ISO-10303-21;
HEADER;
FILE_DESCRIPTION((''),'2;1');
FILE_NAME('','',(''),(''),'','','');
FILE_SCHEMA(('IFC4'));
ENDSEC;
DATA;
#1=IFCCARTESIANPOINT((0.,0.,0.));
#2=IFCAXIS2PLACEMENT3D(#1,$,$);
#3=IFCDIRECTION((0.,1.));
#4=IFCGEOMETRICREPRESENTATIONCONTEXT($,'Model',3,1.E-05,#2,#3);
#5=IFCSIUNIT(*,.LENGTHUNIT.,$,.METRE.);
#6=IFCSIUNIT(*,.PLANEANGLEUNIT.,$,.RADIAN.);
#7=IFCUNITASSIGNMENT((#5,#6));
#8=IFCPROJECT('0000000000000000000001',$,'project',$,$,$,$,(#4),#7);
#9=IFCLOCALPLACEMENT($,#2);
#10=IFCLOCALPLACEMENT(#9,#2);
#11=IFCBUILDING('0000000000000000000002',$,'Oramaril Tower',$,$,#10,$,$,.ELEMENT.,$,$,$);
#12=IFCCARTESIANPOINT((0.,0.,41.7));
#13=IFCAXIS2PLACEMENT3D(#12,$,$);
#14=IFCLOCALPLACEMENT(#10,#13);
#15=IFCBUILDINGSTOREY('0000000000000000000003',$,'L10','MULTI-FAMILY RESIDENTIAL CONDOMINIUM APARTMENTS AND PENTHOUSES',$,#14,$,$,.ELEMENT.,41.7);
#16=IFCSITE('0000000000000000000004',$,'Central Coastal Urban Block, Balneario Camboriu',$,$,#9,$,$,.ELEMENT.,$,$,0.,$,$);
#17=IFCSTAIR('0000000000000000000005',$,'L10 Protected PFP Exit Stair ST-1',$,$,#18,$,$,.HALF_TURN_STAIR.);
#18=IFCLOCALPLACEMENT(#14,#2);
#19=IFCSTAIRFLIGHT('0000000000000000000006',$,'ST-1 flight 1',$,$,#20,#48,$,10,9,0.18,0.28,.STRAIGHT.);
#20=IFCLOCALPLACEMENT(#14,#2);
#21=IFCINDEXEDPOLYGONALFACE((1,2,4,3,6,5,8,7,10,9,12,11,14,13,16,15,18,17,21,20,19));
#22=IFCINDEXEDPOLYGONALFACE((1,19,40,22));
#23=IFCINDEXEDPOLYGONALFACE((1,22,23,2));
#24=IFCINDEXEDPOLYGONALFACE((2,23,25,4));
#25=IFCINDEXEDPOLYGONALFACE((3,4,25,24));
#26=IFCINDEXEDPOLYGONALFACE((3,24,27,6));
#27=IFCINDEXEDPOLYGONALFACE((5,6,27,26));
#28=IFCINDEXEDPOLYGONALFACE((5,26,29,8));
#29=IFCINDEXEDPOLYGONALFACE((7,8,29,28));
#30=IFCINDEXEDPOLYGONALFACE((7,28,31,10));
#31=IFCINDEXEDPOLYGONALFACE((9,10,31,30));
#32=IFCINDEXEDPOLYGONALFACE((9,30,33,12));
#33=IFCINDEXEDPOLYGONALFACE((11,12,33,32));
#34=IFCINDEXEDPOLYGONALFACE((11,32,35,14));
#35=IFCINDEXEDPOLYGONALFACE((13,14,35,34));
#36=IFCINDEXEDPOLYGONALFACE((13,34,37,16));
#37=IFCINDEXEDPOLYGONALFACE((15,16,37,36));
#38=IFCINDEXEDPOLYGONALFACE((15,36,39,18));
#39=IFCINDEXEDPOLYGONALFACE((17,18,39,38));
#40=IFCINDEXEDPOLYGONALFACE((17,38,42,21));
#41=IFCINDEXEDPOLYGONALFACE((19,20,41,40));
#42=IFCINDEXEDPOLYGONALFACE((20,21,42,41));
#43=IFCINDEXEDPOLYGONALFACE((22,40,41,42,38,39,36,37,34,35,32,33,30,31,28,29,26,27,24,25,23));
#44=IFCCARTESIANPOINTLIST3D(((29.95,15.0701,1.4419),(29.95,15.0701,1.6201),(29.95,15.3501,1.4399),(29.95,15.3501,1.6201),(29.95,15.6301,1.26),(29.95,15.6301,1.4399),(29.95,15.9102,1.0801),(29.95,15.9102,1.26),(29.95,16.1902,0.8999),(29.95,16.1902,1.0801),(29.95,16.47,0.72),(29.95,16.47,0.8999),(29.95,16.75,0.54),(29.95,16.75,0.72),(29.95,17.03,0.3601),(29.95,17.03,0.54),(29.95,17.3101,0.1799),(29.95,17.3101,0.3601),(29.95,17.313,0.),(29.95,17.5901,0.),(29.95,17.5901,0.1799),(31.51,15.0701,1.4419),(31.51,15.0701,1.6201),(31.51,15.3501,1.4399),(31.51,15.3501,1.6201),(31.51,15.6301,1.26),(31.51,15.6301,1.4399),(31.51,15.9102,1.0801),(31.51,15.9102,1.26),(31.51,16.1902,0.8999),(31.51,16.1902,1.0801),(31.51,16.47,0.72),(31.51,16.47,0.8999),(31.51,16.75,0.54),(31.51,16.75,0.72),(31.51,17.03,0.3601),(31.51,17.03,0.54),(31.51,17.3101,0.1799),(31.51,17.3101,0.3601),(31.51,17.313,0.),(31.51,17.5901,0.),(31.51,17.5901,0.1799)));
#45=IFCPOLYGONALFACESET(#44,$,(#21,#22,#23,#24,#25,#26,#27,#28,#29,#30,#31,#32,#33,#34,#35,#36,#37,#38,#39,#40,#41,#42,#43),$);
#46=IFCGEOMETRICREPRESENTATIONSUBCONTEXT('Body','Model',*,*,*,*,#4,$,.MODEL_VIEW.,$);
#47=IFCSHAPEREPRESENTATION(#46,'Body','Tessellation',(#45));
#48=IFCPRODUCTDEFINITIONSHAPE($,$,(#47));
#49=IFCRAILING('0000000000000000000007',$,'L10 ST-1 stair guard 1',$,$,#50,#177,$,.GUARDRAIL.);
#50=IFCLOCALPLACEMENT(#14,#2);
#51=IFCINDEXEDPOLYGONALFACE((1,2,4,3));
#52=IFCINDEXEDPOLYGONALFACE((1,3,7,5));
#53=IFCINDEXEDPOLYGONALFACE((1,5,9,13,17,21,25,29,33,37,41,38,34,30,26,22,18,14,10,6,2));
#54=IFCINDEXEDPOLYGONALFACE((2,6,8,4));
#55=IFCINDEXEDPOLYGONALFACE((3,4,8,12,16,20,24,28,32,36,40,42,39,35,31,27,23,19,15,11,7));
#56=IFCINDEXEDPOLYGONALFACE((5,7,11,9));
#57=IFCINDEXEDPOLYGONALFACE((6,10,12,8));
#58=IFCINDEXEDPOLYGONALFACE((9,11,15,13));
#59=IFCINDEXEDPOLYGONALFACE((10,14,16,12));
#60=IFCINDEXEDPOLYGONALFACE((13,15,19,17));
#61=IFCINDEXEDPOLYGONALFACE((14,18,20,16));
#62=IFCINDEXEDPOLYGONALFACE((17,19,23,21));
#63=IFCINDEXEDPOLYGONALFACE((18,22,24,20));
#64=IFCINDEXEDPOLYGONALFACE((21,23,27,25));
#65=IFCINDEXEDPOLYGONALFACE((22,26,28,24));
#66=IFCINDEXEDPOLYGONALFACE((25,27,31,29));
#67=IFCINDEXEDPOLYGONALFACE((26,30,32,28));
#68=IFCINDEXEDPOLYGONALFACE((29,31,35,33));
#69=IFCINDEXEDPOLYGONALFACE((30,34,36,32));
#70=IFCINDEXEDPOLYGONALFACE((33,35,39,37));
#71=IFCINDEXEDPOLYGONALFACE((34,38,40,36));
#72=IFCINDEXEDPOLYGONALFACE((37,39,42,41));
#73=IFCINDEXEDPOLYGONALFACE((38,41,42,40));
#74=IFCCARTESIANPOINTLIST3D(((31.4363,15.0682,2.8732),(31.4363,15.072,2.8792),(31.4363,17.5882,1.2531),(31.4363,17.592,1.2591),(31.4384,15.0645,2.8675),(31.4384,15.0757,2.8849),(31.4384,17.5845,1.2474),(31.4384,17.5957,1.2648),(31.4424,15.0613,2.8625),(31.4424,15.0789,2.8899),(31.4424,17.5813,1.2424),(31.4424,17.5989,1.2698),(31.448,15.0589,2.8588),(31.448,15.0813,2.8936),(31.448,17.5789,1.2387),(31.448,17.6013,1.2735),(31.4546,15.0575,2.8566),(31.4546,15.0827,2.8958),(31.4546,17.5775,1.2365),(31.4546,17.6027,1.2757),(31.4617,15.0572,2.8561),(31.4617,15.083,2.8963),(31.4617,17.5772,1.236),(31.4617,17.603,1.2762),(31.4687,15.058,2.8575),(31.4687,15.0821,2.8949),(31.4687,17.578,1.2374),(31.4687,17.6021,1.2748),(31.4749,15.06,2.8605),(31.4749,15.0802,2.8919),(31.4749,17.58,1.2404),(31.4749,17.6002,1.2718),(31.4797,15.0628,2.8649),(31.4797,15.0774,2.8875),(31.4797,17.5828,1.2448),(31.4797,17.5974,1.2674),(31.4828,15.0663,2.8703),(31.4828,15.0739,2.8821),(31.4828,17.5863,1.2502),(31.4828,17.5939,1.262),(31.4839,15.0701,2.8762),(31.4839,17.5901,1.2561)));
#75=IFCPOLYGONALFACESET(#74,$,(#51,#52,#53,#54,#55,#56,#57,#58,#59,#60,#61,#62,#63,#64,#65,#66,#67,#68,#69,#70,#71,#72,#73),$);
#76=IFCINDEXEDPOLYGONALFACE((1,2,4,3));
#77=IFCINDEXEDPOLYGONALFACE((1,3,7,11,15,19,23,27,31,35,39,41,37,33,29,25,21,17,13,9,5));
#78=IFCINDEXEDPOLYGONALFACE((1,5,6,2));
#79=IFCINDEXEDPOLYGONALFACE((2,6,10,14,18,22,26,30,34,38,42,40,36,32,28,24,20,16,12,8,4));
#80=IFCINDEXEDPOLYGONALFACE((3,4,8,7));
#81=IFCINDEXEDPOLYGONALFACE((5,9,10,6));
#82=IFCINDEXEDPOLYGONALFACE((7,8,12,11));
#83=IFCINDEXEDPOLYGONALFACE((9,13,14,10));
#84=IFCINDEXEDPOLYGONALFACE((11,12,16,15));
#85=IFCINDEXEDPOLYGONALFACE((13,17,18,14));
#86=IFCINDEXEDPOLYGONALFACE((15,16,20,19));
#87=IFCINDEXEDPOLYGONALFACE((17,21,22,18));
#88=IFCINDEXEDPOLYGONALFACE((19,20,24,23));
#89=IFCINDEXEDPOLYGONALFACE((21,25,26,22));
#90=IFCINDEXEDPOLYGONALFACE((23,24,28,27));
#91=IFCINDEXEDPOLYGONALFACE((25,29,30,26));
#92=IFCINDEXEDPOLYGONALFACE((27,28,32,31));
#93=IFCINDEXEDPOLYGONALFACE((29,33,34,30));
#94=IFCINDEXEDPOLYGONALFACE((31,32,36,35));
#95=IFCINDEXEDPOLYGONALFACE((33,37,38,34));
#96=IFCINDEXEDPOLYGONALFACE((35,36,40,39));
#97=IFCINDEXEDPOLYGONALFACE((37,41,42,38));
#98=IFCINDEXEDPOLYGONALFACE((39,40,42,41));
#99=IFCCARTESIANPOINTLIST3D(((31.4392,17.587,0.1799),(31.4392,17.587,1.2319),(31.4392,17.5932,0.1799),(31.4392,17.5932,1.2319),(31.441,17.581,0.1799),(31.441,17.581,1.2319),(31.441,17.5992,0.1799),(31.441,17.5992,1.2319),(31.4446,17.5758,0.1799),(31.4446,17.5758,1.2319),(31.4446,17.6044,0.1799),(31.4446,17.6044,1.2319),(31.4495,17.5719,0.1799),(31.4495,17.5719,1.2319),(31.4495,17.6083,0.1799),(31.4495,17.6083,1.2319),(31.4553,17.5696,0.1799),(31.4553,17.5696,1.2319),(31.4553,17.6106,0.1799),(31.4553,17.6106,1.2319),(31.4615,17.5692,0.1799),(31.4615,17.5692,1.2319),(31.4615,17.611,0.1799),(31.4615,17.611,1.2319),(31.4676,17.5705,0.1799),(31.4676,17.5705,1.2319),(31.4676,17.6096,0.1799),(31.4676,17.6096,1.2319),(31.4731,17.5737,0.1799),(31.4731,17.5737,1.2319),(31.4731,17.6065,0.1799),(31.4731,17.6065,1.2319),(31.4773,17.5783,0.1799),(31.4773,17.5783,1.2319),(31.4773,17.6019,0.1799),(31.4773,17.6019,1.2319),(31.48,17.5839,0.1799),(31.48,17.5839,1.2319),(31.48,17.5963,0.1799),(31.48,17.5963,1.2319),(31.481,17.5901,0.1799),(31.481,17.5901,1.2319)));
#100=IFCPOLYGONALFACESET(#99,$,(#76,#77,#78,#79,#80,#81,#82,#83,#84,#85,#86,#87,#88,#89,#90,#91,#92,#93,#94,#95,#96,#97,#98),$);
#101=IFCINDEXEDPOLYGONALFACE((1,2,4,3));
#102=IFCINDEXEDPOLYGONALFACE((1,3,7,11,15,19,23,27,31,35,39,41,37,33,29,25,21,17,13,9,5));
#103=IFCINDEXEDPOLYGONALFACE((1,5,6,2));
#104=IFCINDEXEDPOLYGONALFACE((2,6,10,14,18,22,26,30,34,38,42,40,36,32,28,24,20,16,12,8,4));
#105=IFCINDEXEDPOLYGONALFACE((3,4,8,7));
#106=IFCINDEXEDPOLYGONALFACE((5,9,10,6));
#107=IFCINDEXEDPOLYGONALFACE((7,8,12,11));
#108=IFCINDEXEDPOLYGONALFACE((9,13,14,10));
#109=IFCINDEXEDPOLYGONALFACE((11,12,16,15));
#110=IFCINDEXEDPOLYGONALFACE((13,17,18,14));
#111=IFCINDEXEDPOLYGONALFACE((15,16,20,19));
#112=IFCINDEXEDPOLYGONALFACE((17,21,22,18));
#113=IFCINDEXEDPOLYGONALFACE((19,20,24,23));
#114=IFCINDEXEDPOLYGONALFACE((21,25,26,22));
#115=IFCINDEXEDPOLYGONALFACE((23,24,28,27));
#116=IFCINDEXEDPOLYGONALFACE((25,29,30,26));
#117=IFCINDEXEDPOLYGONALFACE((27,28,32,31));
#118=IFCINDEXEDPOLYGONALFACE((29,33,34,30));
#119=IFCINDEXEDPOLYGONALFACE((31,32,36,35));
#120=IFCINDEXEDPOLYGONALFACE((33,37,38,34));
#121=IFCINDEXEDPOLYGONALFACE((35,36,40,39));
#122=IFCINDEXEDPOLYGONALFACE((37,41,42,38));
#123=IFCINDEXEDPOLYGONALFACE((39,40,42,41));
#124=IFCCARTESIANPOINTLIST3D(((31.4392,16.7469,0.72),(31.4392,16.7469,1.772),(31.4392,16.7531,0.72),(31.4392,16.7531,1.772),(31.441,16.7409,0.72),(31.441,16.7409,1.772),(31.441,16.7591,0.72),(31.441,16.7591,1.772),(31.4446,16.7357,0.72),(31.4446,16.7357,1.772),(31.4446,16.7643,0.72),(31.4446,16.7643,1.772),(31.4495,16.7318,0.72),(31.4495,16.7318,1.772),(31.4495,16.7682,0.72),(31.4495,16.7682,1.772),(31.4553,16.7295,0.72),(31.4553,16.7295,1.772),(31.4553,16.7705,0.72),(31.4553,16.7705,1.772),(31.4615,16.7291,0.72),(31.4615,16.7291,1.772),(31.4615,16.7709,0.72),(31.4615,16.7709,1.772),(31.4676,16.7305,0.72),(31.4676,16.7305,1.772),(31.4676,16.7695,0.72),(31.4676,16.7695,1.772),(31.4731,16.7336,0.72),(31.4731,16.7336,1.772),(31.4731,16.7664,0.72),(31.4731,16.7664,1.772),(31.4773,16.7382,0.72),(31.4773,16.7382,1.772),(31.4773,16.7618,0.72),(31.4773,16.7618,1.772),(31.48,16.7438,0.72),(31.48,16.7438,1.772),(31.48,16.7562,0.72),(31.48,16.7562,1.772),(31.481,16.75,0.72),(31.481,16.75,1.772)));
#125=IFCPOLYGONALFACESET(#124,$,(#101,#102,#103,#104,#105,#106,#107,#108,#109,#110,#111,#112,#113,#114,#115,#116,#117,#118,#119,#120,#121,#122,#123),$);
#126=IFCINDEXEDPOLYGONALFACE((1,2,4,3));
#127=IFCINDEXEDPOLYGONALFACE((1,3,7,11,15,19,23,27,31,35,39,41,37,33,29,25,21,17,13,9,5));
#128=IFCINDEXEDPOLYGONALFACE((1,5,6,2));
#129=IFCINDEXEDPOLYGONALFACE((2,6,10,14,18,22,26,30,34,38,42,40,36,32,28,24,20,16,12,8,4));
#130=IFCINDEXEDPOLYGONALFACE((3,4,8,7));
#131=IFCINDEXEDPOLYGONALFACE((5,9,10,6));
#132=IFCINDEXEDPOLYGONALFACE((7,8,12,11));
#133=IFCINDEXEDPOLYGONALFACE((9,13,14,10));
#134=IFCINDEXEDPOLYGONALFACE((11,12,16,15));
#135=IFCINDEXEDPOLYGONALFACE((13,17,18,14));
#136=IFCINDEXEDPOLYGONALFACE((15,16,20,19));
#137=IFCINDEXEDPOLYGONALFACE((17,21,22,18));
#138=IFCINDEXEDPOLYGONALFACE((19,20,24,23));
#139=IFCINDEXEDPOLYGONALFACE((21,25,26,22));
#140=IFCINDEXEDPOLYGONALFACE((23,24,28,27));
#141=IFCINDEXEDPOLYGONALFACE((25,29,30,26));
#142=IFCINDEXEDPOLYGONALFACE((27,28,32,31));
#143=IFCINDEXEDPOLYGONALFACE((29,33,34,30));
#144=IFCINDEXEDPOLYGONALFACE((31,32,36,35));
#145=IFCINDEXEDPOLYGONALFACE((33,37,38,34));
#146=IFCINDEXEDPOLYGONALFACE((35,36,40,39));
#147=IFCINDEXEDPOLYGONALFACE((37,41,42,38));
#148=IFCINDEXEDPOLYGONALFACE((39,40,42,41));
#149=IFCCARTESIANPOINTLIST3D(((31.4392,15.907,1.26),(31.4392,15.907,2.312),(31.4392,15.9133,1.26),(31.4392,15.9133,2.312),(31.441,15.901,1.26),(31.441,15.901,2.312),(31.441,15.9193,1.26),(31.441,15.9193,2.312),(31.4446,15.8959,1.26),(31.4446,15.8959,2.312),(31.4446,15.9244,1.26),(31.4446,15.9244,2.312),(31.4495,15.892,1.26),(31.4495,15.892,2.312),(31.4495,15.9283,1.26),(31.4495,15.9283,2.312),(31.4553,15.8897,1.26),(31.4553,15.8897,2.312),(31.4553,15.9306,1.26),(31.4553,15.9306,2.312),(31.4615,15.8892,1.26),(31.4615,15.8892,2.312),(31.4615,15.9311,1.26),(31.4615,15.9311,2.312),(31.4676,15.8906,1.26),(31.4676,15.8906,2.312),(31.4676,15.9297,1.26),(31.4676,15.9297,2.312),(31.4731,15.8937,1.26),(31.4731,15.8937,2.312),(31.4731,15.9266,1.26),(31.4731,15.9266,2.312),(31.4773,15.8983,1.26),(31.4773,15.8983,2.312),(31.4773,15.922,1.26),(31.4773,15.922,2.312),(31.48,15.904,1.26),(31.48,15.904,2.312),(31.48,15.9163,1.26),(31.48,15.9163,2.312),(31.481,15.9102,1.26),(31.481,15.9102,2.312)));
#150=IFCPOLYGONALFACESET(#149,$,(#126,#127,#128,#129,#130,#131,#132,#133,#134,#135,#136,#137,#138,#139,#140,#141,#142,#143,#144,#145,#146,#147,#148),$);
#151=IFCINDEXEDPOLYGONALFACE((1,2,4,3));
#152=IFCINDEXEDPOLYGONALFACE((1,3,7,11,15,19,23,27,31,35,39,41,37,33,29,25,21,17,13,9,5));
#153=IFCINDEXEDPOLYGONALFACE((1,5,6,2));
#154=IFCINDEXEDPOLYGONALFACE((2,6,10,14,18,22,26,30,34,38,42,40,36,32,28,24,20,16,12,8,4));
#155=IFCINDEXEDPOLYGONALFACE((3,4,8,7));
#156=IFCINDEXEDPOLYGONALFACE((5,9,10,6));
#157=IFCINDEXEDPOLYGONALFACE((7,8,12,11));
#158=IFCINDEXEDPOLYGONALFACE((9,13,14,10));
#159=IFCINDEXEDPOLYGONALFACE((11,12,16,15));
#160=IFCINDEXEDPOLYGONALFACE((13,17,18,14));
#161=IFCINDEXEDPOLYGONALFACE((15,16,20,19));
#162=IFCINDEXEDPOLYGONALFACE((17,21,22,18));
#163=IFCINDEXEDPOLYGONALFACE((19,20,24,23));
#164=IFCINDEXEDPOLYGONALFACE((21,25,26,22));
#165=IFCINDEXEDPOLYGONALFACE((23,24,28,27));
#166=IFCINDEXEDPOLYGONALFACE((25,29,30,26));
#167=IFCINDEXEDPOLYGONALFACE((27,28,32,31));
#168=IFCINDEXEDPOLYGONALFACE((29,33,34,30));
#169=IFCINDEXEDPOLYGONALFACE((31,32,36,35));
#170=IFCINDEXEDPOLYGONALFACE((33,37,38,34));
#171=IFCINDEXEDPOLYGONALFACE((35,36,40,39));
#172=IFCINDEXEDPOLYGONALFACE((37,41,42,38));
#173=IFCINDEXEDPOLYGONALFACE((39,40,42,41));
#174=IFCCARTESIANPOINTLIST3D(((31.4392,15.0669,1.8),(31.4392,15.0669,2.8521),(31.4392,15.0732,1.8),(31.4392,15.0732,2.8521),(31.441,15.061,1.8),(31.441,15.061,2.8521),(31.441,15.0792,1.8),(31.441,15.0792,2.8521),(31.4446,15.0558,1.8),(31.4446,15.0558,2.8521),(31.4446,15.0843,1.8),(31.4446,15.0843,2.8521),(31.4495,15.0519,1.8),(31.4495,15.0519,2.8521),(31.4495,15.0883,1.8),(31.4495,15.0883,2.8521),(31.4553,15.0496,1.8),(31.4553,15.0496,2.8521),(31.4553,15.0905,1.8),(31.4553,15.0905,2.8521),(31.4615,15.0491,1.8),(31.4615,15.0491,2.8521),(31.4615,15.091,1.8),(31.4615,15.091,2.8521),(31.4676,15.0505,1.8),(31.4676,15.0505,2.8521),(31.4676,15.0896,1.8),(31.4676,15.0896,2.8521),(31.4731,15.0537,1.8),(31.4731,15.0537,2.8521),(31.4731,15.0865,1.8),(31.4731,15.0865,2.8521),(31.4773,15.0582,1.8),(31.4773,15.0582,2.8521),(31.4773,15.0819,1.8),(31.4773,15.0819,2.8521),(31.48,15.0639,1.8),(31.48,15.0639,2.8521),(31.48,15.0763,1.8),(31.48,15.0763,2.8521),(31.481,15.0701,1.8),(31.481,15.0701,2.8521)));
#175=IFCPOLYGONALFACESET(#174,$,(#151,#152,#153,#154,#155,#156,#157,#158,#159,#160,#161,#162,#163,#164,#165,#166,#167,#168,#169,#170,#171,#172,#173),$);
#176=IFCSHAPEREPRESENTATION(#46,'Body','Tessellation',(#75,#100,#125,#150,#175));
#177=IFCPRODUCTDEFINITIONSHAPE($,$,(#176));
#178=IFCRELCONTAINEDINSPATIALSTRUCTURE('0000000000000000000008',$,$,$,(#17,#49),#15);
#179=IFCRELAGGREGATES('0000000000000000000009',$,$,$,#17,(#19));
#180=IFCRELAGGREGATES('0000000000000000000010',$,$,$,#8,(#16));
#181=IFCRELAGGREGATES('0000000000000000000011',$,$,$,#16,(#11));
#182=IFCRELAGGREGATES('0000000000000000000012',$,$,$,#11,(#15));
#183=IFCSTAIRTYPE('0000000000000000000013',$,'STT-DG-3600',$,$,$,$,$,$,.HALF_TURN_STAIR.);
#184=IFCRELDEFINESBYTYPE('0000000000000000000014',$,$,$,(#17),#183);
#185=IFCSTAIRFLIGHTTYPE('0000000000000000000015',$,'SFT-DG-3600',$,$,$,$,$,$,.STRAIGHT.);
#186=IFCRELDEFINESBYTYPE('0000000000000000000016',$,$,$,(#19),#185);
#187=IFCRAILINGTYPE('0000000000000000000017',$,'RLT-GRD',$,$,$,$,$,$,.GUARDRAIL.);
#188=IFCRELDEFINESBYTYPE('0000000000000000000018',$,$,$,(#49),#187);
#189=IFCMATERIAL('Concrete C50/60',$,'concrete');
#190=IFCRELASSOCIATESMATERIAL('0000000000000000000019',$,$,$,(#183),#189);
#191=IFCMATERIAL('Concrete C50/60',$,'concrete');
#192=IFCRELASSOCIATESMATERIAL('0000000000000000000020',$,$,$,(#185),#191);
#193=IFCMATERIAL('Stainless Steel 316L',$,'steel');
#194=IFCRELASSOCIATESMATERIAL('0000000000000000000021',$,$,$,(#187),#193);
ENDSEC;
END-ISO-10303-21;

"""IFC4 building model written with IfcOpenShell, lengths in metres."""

from ifc_helpers import new_model, si_unit, direction, frame, origin, origin_2d, place, context, subcontext, project, spatial, polyline, circle, outline, extrude, material, type_object, element, aggregate, save


model = new_model("IFC4")

# Units and contexts
model_context = context("Model", 3, precision=1e-05, world=origin(), true_north=direction((0.0, 1.0)))
body_context = subcontext(model_context, "Body", "Model", "MODEL_VIEW")
ifc_project = project(units=[si_unit("LENGTHUNIT", "METRE"), si_unit("PLANEANGLEUNIT", "RADIAN")], contexts=[model_context])

# Site, building, storey
site_placement = place(None, origin())
site = spatial("IfcSite", under=ifc_project, at=site_placement, Name="Central Coastal Urban Block, Balneario Camboriu", CompositionType="ELEMENT", RefElevation=0.0)
building_placement = place(site_placement, origin())
building = spatial("IfcBuilding", under=site, at=building_placement, Name="Oramaril Tower", CompositionType="ELEMENT")
storey_placement = place(building_placement, frame((0.0, 0.0, 41.7)))
storey = spatial("IfcBuildingStorey", under=building, at=storey_placement, Name="L10", Description="MULTI-FAMILY RESIDENTIAL CONDOMINIUM APARTMENTS AND PENTHOUSES", CompositionType="ELEMENT", Elevation=41.7)

# Stair, stair flight
ifc_material_1 = material(Name="Concrete C50/60", Category="concrete")
stair_type = type_object("IfcStairType", Name="STT-DG-3600", PredefinedType="HALF_TURN_STAIR", material=ifc_material_1)
stair_placement = place(storey_placement, origin())
stair = element("IfcStair", 1, at=stair_placement, inside=storey, type_object=stair_type, Name="L10 Protected PFP Exit Stair ST-1", PredefinedType="HALF_TURN_STAIR")
ifc_material_2 = material(Name="Concrete C50/60", Category="concrete")
stair_flight_type = type_object("IfcStairFlightType", Name="SFT-DG-3600", PredefinedType="STRAIGHT", material=ifc_material_2)
stair_flight_placement = place(storey_placement, frame((30.73, 17.5901, 0.0), z_axis=(0.0, 0.0, 1.0), x_axis=(0.0, -1.0, 0.0)))
stair_flight = element("IfcStairFlight", 2, at=stair_flight_placement, type_object=stair_flight_type, Name="ST-1 flight 1", NumberOfRisers=10, NumberOfTreads=9, PredefinedType="STRAIGHT", RiserHeight=0.18, TreadLength=0.28, context=body_context, shape_type="SweptSolid", body=[
    extrude(outline(polyline([(0.0, 0.0), (0.0, 0.1799), (0.28, 0.1799), (0.28, 0.3601), (0.5601, 0.3601), (0.5601, 0.54), (0.8401, 0.54), (0.8401, 0.72), (1.1201, 0.72), (1.1201, 0.8999), (1.3999, 0.8999), (1.3999, 1.0801), (1.6799, 1.0801), (1.6799, 1.26), (1.96, 1.26), (1.96, 1.4399), (2.24, 1.4399), (2.24, 1.6201), (2.52, 1.6201), (2.52, 1.8), (2.52, 1.4419), (0.2771, 0.0), (0.0, 0.0)])), frame((0.0, 0.78, 0.0), z_axis=(0.0, -1.0, 0.0), x_axis=(1.0, 0.0, 0.0)), (0.0, 0.0, 1.0), 1.5601),
])
aggregate(stair, [stair_flight])

# Railing
ifc_material_3 = material(Name="Stainless Steel 316L", Category="steel")
railing_type_1 = type_object("IfcRailingType", Name="RLT-GRD", PredefinedType="GUARDRAIL", material=ifc_material_3)
railing_1_placement = place(storey_placement, frame((31.46, 17.5901, 0.1799)))
element("IfcRailing", 3, at=railing_1_placement, inside=storey, type_object=railing_type_1, Name="L10 ST-1 stair guard 1", PredefinedType="GUARDRAIL", context=body_context, shape_type="SweptSolid", body=[
    extrude(circle(Radius=0.0239, at=origin_2d()), frame((0.0, 0.0, 1.0762), z_axis=(0.0, -0.841163, 0.540782), x_axis=(1.0, 0.0, 0.0)), (0.0, 0.0, 1.0), 2.9958),
    extrude(circle(Radius=0.021, at=origin_2d()), origin(), (0.0, 0.0, 1.0), 1.052),
    extrude(circle(Radius=0.021, at=origin_2d()), frame((0.0, -0.8401, 0.54)), (0.0, 0.0, 1.0), 1.052),
    extrude(circle(Radius=0.021, at=origin_2d()), frame((0.0, -1.6799, 1.0801)), (0.0, 0.0, 1.0), 1.052),
    extrude(circle(Radius=0.021, at=origin_2d()), frame((0.0, -2.52, 1.6201)), (0.0, 0.0, 1.0), 1.052),
])

save(model, "model.ifc")
